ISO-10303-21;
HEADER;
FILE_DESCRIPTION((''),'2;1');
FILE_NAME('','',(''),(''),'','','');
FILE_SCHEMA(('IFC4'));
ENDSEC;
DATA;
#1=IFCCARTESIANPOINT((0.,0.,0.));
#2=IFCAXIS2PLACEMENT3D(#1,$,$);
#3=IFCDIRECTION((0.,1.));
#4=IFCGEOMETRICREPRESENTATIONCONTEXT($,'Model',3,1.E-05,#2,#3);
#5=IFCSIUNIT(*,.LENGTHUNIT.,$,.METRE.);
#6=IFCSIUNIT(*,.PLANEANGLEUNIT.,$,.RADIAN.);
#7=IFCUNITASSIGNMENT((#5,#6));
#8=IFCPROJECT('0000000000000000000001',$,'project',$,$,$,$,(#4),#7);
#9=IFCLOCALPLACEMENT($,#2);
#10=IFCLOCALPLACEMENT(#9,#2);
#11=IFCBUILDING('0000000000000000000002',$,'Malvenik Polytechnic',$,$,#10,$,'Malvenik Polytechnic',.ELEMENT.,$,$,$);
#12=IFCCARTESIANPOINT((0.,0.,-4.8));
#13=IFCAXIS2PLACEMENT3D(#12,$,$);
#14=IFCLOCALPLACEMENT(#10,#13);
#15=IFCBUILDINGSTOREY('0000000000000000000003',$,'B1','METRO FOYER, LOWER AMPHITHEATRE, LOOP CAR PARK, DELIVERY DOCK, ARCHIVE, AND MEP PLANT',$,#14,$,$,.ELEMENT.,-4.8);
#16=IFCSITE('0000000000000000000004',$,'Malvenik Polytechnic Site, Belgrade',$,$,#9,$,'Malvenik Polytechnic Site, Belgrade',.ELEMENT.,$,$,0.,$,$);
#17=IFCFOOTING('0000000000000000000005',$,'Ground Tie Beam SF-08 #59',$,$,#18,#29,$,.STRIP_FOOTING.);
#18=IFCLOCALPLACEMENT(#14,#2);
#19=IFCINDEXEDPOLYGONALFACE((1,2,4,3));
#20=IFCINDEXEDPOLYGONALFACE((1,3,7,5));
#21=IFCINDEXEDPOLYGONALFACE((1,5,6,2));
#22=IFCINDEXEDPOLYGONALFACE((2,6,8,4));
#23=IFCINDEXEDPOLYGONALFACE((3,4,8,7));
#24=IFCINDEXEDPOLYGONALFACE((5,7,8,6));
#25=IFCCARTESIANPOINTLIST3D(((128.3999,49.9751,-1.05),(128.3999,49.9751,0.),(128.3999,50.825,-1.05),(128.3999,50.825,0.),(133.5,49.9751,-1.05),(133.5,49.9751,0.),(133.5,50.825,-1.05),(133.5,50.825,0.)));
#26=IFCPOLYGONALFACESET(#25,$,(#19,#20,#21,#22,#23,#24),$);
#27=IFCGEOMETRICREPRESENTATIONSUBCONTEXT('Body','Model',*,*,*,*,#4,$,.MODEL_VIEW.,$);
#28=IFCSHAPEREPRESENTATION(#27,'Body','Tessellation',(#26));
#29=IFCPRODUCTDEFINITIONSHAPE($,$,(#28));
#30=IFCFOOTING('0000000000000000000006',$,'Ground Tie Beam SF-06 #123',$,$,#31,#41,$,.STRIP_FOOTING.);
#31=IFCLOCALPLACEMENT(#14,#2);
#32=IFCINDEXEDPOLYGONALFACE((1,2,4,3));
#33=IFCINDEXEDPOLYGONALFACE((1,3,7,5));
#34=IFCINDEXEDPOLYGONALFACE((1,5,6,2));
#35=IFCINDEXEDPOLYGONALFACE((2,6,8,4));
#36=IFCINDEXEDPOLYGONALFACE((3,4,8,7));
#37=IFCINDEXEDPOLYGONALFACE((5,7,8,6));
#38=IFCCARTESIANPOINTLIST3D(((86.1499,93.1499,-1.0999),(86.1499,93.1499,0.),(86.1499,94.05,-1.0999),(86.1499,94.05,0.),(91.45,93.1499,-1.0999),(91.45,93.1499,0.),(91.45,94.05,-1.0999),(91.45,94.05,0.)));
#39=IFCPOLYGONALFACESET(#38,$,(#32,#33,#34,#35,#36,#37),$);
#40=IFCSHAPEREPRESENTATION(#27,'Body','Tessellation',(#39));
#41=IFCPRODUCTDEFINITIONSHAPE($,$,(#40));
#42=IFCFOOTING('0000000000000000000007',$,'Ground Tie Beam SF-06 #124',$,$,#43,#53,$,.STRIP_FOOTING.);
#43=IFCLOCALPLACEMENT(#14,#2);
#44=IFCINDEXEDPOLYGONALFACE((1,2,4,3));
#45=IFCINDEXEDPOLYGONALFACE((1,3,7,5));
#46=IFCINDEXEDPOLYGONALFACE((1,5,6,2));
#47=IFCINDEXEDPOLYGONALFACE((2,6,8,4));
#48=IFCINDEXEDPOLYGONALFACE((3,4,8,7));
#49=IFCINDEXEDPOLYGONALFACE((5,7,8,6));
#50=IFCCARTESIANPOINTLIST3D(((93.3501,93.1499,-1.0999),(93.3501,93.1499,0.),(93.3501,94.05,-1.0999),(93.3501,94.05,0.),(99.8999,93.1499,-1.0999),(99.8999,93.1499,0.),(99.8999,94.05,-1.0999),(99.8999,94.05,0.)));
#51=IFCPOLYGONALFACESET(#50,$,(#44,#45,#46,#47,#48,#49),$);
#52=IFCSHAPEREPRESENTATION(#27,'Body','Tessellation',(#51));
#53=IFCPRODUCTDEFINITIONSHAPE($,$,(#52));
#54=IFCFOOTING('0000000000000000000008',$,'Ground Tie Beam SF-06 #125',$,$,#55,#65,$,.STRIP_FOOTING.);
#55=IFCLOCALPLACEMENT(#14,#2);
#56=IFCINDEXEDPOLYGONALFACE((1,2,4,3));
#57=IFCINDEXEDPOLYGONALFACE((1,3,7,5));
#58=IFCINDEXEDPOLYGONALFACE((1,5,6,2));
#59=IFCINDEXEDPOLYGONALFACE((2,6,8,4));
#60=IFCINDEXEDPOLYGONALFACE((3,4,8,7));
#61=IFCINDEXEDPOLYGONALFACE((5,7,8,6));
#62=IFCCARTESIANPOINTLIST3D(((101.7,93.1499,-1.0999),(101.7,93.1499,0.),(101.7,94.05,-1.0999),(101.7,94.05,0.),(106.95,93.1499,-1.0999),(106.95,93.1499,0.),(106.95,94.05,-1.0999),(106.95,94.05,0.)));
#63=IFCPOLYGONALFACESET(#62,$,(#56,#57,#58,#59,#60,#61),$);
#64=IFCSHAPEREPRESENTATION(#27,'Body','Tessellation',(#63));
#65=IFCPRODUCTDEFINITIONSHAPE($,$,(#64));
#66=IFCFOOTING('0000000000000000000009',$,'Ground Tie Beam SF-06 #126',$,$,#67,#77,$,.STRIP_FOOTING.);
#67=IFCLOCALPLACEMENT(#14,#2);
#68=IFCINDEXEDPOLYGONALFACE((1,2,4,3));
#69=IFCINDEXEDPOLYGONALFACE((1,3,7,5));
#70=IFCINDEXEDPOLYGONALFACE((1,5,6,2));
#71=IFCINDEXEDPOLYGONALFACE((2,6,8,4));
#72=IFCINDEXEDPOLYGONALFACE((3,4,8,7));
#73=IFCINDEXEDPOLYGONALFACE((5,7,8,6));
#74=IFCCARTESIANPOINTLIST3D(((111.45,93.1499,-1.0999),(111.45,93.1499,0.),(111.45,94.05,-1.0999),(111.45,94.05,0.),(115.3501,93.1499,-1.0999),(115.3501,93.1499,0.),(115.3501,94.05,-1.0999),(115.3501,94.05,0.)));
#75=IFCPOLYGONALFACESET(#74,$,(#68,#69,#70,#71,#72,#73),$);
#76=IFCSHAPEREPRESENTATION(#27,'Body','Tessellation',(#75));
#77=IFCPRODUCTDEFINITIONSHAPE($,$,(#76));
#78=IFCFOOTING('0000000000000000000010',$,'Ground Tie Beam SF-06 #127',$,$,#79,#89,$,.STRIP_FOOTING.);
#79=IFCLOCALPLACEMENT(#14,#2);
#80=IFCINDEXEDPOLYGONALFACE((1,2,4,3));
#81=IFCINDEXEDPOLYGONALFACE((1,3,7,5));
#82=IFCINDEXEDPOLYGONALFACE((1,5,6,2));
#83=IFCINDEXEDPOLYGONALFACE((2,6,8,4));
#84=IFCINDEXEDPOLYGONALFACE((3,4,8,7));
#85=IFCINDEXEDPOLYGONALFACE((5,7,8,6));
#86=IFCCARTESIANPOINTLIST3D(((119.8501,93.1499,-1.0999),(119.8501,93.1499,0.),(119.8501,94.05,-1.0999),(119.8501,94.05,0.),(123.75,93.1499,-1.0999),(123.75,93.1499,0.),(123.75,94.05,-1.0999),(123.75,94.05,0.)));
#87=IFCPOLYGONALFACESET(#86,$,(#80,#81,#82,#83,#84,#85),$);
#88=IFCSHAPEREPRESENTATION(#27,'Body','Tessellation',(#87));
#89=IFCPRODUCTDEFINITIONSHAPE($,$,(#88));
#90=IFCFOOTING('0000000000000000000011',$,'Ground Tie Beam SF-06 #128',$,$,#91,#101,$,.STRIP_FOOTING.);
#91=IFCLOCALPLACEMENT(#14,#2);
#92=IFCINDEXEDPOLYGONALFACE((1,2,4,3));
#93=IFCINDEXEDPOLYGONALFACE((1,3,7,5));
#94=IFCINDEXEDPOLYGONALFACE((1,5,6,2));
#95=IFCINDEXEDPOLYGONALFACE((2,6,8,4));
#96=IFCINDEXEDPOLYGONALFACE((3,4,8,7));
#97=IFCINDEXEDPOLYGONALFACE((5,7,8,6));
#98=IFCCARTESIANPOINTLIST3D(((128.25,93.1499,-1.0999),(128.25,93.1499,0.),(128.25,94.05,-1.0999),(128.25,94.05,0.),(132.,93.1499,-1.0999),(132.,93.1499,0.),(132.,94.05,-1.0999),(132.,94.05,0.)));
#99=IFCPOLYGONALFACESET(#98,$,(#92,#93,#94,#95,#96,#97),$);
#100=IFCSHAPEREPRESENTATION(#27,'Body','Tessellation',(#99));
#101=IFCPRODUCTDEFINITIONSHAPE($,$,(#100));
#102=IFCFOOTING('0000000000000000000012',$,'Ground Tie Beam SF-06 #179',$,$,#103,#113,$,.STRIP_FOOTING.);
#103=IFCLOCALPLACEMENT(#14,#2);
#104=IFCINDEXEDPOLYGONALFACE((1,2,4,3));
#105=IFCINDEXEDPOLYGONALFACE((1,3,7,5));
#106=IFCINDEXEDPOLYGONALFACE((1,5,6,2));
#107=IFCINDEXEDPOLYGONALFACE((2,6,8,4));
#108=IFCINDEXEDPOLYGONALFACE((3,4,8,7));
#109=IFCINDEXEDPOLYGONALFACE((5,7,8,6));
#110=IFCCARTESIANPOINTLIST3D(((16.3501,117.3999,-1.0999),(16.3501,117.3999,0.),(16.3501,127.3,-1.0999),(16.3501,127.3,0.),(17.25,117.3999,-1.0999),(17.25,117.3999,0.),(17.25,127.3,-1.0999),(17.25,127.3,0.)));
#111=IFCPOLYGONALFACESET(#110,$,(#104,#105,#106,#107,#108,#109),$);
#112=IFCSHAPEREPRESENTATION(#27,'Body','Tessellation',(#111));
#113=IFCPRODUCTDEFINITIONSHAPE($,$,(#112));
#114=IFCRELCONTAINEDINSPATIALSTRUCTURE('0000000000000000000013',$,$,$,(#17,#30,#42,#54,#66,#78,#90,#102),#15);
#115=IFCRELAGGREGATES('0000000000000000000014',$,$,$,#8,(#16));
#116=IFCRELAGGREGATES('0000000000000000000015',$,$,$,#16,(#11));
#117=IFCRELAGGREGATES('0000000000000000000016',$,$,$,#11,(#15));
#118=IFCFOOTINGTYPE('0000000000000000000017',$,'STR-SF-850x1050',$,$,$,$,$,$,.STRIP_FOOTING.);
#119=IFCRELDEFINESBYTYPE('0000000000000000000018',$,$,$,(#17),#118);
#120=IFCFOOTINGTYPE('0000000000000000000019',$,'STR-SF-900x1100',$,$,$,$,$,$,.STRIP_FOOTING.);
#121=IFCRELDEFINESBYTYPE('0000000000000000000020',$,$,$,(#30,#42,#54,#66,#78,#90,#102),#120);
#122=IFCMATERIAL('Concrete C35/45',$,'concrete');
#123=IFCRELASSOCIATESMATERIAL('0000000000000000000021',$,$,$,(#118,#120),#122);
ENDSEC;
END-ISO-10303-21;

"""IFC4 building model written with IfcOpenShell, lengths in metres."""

from ifc_helpers import new_model, si_unit, direction, frame, origin, place, context, subcontext, project, spatial, polyline, outline, extrude, material, type_object, element, save


model = new_model("IFC4")

# Units and contexts
model_context = context("Model", 3, precision=1e-05, world=origin(), true_north=direction((0.0, 1.0)))
body_context = subcontext(model_context, "Body", "Model", "MODEL_VIEW")
ifc_project = project(units=[si_unit("LENGTHUNIT", "METRE"), si_unit("PLANEANGLEUNIT", "RADIAN")], contexts=[model_context])

# Site, building, storey
site_placement = place(None, origin())
site = spatial("IfcSite", under=ifc_project, at=site_placement, Name="Malvenik Polytechnic Site, Belgrade", LongName="Malvenik Polytechnic Site, Belgrade", CompositionType="ELEMENT", RefElevation=0.0)
building_placement = place(site_placement, origin())
building = spatial("IfcBuilding", under=site, at=building_placement, Name="Malvenik Polytechnic", LongName="Malvenik Polytechnic", CompositionType="ELEMENT")
storey_placement = place(building_placement, frame((0.0, 0.0, -4.8)))
storey = spatial("IfcBuildingStorey", under=building, at=storey_placement, Name="B1", Description="METRO FOYER, LOWER AMPHITHEATRE, LOOP CAR PARK, DELIVERY DOCK, ARCHIVE, AND MEP PLANT", CompositionType="ELEMENT", Elevation=-4.8)

# Footings
ifc_material = material(Name="Concrete C35/45", Category="concrete")
footing_type_1 = type_object("IfcFootingType", Name="STR-SF-850x1050", PredefinedType="STRIP_FOOTING", material=ifc_material)
footing_1_placement = place(storey_placement, frame((0.0, 0.0, -1.05)))
element("IfcFooting", 1, at=footing_1_placement, inside=storey, type_object=footing_type_1, Name="Ground Tie Beam SF-08 #59", PredefinedType="STRIP_FOOTING", context=body_context, shape_type="SweptSolid", body=[
    extrude(outline(polyline([(128.3999, 49.9751), (133.5, 49.9751), (133.5, 50.825), (128.3999, 50.825), (128.3999, 49.9751)])), origin(), (0.0, 0.0, 1.0), 1.05),
])
footing_type_2 = type_object("IfcFootingType", Name="STR-SF-900x1100", PredefinedType="STRIP_FOOTING", material=ifc_material)
footing_2_placement = place(storey_placement, frame((0.0, 0.0, -1.0999)))
element("IfcFooting", 2, at=footing_2_placement, inside=storey, type_object=footing_type_2, Name="Ground Tie Beam SF-06 #123", PredefinedType="STRIP_FOOTING", context=body_context, shape_type="SweptSolid", body=[
    extrude(outline(polyline([(86.1499, 93.1499), (91.45, 93.1499), (91.45, 94.05), (86.1499, 94.05), (86.1499, 93.1499)])), origin(), (0.0, 0.0, 1.0), 1.0999),
])
footing_3_placement = place(storey_placement, frame((0.0, 0.0, -1.0999)))
element("IfcFooting", 3, at=footing_3_placement, inside=storey, type_object=footing_type_2, Name="Ground Tie Beam SF-06 #124", PredefinedType="STRIP_FOOTING", context=body_context, shape_type="SweptSolid", body=[
    extrude(outline(polyline([(93.3501, 93.1499), (99.8999, 93.1499), (99.8999, 94.05), (93.3501, 94.05), (93.3501, 93.1499)])), origin(), (0.0, 0.0, 1.0), 1.0999),
])
footing_4_placement = place(storey_placement, frame((0.0, 0.0, -1.0999)))
element("IfcFooting", 4, at=footing_4_placement, inside=storey, type_object=footing_type_2, Name="Ground Tie Beam SF-06 #125", PredefinedType="STRIP_FOOTING", context=body_context, shape_type="SweptSolid", body=[
    extrude(outline(polyline([(101.7, 93.1499), (106.95, 93.1499), (106.95, 94.05), (101.7, 94.05), (101.7, 93.1499)])), origin(), (0.0, 0.0, 1.0), 1.0999),
])
footing_5_placement = place(storey_placement, frame((0.0, 0.0, -1.0999)))
element("IfcFooting", 5, at=footing_5_placement, inside=storey, type_object=footing_type_2, Name="Ground Tie Beam SF-06 #126", PredefinedType="STRIP_FOOTING", context=body_context, shape_type="SweptSolid", body=[
    extrude(outline(polyline([(111.45, 93.1499), (115.3501, 93.1499), (115.3501, 94.05), (111.45, 94.05), (111.45, 93.1499)])), origin(), (0.0, 0.0, 1.0), 1.0999),
])
footing_6_placement = place(storey_placement, frame((0.0, 0.0, -1.0999)))
element("IfcFooting", 6, at=footing_6_placement, inside=storey, type_object=footing_type_2, Name="Ground Tie Beam SF-06 #127", PredefinedType="STRIP_FOOTING", context=body_context, shape_type="SweptSolid", body=[
    extrude(outline(polyline([(119.8501, 93.1499), (123.75, 93.1499), (123.75, 94.05), (119.8501, 94.05), (119.8501, 93.1499)])), origin(), (0.0, 0.0, 1.0), 1.0999),
])
footing_7_placement = place(storey_placement, frame((0.0, 0.0, -1.0999)))
element("IfcFooting", 7, at=footing_7_placement, inside=storey, type_object=footing_type_2, Name="Ground Tie Beam SF-06 #128", PredefinedType="STRIP_FOOTING", context=body_context, shape_type="SweptSolid", body=[
    extrude(outline(polyline([(128.25, 93.1499), (132.0, 93.1499), (132.0, 94.05), (128.25, 94.05), (128.25, 93.1499)])), origin(), (0.0, 0.0, 1.0), 1.0999),
])
footing_8_placement = place(storey_placement, frame((0.0, 0.0, -1.0999)))
element("IfcFooting", 8, at=footing_8_placement, inside=storey, type_object=footing_type_2, Name="Ground Tie Beam SF-06 #179", PredefinedType="STRIP_FOOTING", context=body_context, shape_type="SweptSolid", body=[
    extrude(outline(polyline([(16.3501, 117.3999), (17.25, 117.3999), (17.25, 127.3), (16.3501, 127.3), (16.3501, 117.3999)])), origin(), (0.0, 0.0, 1.0), 1.0999),
])

save(model, "model.ifc")
